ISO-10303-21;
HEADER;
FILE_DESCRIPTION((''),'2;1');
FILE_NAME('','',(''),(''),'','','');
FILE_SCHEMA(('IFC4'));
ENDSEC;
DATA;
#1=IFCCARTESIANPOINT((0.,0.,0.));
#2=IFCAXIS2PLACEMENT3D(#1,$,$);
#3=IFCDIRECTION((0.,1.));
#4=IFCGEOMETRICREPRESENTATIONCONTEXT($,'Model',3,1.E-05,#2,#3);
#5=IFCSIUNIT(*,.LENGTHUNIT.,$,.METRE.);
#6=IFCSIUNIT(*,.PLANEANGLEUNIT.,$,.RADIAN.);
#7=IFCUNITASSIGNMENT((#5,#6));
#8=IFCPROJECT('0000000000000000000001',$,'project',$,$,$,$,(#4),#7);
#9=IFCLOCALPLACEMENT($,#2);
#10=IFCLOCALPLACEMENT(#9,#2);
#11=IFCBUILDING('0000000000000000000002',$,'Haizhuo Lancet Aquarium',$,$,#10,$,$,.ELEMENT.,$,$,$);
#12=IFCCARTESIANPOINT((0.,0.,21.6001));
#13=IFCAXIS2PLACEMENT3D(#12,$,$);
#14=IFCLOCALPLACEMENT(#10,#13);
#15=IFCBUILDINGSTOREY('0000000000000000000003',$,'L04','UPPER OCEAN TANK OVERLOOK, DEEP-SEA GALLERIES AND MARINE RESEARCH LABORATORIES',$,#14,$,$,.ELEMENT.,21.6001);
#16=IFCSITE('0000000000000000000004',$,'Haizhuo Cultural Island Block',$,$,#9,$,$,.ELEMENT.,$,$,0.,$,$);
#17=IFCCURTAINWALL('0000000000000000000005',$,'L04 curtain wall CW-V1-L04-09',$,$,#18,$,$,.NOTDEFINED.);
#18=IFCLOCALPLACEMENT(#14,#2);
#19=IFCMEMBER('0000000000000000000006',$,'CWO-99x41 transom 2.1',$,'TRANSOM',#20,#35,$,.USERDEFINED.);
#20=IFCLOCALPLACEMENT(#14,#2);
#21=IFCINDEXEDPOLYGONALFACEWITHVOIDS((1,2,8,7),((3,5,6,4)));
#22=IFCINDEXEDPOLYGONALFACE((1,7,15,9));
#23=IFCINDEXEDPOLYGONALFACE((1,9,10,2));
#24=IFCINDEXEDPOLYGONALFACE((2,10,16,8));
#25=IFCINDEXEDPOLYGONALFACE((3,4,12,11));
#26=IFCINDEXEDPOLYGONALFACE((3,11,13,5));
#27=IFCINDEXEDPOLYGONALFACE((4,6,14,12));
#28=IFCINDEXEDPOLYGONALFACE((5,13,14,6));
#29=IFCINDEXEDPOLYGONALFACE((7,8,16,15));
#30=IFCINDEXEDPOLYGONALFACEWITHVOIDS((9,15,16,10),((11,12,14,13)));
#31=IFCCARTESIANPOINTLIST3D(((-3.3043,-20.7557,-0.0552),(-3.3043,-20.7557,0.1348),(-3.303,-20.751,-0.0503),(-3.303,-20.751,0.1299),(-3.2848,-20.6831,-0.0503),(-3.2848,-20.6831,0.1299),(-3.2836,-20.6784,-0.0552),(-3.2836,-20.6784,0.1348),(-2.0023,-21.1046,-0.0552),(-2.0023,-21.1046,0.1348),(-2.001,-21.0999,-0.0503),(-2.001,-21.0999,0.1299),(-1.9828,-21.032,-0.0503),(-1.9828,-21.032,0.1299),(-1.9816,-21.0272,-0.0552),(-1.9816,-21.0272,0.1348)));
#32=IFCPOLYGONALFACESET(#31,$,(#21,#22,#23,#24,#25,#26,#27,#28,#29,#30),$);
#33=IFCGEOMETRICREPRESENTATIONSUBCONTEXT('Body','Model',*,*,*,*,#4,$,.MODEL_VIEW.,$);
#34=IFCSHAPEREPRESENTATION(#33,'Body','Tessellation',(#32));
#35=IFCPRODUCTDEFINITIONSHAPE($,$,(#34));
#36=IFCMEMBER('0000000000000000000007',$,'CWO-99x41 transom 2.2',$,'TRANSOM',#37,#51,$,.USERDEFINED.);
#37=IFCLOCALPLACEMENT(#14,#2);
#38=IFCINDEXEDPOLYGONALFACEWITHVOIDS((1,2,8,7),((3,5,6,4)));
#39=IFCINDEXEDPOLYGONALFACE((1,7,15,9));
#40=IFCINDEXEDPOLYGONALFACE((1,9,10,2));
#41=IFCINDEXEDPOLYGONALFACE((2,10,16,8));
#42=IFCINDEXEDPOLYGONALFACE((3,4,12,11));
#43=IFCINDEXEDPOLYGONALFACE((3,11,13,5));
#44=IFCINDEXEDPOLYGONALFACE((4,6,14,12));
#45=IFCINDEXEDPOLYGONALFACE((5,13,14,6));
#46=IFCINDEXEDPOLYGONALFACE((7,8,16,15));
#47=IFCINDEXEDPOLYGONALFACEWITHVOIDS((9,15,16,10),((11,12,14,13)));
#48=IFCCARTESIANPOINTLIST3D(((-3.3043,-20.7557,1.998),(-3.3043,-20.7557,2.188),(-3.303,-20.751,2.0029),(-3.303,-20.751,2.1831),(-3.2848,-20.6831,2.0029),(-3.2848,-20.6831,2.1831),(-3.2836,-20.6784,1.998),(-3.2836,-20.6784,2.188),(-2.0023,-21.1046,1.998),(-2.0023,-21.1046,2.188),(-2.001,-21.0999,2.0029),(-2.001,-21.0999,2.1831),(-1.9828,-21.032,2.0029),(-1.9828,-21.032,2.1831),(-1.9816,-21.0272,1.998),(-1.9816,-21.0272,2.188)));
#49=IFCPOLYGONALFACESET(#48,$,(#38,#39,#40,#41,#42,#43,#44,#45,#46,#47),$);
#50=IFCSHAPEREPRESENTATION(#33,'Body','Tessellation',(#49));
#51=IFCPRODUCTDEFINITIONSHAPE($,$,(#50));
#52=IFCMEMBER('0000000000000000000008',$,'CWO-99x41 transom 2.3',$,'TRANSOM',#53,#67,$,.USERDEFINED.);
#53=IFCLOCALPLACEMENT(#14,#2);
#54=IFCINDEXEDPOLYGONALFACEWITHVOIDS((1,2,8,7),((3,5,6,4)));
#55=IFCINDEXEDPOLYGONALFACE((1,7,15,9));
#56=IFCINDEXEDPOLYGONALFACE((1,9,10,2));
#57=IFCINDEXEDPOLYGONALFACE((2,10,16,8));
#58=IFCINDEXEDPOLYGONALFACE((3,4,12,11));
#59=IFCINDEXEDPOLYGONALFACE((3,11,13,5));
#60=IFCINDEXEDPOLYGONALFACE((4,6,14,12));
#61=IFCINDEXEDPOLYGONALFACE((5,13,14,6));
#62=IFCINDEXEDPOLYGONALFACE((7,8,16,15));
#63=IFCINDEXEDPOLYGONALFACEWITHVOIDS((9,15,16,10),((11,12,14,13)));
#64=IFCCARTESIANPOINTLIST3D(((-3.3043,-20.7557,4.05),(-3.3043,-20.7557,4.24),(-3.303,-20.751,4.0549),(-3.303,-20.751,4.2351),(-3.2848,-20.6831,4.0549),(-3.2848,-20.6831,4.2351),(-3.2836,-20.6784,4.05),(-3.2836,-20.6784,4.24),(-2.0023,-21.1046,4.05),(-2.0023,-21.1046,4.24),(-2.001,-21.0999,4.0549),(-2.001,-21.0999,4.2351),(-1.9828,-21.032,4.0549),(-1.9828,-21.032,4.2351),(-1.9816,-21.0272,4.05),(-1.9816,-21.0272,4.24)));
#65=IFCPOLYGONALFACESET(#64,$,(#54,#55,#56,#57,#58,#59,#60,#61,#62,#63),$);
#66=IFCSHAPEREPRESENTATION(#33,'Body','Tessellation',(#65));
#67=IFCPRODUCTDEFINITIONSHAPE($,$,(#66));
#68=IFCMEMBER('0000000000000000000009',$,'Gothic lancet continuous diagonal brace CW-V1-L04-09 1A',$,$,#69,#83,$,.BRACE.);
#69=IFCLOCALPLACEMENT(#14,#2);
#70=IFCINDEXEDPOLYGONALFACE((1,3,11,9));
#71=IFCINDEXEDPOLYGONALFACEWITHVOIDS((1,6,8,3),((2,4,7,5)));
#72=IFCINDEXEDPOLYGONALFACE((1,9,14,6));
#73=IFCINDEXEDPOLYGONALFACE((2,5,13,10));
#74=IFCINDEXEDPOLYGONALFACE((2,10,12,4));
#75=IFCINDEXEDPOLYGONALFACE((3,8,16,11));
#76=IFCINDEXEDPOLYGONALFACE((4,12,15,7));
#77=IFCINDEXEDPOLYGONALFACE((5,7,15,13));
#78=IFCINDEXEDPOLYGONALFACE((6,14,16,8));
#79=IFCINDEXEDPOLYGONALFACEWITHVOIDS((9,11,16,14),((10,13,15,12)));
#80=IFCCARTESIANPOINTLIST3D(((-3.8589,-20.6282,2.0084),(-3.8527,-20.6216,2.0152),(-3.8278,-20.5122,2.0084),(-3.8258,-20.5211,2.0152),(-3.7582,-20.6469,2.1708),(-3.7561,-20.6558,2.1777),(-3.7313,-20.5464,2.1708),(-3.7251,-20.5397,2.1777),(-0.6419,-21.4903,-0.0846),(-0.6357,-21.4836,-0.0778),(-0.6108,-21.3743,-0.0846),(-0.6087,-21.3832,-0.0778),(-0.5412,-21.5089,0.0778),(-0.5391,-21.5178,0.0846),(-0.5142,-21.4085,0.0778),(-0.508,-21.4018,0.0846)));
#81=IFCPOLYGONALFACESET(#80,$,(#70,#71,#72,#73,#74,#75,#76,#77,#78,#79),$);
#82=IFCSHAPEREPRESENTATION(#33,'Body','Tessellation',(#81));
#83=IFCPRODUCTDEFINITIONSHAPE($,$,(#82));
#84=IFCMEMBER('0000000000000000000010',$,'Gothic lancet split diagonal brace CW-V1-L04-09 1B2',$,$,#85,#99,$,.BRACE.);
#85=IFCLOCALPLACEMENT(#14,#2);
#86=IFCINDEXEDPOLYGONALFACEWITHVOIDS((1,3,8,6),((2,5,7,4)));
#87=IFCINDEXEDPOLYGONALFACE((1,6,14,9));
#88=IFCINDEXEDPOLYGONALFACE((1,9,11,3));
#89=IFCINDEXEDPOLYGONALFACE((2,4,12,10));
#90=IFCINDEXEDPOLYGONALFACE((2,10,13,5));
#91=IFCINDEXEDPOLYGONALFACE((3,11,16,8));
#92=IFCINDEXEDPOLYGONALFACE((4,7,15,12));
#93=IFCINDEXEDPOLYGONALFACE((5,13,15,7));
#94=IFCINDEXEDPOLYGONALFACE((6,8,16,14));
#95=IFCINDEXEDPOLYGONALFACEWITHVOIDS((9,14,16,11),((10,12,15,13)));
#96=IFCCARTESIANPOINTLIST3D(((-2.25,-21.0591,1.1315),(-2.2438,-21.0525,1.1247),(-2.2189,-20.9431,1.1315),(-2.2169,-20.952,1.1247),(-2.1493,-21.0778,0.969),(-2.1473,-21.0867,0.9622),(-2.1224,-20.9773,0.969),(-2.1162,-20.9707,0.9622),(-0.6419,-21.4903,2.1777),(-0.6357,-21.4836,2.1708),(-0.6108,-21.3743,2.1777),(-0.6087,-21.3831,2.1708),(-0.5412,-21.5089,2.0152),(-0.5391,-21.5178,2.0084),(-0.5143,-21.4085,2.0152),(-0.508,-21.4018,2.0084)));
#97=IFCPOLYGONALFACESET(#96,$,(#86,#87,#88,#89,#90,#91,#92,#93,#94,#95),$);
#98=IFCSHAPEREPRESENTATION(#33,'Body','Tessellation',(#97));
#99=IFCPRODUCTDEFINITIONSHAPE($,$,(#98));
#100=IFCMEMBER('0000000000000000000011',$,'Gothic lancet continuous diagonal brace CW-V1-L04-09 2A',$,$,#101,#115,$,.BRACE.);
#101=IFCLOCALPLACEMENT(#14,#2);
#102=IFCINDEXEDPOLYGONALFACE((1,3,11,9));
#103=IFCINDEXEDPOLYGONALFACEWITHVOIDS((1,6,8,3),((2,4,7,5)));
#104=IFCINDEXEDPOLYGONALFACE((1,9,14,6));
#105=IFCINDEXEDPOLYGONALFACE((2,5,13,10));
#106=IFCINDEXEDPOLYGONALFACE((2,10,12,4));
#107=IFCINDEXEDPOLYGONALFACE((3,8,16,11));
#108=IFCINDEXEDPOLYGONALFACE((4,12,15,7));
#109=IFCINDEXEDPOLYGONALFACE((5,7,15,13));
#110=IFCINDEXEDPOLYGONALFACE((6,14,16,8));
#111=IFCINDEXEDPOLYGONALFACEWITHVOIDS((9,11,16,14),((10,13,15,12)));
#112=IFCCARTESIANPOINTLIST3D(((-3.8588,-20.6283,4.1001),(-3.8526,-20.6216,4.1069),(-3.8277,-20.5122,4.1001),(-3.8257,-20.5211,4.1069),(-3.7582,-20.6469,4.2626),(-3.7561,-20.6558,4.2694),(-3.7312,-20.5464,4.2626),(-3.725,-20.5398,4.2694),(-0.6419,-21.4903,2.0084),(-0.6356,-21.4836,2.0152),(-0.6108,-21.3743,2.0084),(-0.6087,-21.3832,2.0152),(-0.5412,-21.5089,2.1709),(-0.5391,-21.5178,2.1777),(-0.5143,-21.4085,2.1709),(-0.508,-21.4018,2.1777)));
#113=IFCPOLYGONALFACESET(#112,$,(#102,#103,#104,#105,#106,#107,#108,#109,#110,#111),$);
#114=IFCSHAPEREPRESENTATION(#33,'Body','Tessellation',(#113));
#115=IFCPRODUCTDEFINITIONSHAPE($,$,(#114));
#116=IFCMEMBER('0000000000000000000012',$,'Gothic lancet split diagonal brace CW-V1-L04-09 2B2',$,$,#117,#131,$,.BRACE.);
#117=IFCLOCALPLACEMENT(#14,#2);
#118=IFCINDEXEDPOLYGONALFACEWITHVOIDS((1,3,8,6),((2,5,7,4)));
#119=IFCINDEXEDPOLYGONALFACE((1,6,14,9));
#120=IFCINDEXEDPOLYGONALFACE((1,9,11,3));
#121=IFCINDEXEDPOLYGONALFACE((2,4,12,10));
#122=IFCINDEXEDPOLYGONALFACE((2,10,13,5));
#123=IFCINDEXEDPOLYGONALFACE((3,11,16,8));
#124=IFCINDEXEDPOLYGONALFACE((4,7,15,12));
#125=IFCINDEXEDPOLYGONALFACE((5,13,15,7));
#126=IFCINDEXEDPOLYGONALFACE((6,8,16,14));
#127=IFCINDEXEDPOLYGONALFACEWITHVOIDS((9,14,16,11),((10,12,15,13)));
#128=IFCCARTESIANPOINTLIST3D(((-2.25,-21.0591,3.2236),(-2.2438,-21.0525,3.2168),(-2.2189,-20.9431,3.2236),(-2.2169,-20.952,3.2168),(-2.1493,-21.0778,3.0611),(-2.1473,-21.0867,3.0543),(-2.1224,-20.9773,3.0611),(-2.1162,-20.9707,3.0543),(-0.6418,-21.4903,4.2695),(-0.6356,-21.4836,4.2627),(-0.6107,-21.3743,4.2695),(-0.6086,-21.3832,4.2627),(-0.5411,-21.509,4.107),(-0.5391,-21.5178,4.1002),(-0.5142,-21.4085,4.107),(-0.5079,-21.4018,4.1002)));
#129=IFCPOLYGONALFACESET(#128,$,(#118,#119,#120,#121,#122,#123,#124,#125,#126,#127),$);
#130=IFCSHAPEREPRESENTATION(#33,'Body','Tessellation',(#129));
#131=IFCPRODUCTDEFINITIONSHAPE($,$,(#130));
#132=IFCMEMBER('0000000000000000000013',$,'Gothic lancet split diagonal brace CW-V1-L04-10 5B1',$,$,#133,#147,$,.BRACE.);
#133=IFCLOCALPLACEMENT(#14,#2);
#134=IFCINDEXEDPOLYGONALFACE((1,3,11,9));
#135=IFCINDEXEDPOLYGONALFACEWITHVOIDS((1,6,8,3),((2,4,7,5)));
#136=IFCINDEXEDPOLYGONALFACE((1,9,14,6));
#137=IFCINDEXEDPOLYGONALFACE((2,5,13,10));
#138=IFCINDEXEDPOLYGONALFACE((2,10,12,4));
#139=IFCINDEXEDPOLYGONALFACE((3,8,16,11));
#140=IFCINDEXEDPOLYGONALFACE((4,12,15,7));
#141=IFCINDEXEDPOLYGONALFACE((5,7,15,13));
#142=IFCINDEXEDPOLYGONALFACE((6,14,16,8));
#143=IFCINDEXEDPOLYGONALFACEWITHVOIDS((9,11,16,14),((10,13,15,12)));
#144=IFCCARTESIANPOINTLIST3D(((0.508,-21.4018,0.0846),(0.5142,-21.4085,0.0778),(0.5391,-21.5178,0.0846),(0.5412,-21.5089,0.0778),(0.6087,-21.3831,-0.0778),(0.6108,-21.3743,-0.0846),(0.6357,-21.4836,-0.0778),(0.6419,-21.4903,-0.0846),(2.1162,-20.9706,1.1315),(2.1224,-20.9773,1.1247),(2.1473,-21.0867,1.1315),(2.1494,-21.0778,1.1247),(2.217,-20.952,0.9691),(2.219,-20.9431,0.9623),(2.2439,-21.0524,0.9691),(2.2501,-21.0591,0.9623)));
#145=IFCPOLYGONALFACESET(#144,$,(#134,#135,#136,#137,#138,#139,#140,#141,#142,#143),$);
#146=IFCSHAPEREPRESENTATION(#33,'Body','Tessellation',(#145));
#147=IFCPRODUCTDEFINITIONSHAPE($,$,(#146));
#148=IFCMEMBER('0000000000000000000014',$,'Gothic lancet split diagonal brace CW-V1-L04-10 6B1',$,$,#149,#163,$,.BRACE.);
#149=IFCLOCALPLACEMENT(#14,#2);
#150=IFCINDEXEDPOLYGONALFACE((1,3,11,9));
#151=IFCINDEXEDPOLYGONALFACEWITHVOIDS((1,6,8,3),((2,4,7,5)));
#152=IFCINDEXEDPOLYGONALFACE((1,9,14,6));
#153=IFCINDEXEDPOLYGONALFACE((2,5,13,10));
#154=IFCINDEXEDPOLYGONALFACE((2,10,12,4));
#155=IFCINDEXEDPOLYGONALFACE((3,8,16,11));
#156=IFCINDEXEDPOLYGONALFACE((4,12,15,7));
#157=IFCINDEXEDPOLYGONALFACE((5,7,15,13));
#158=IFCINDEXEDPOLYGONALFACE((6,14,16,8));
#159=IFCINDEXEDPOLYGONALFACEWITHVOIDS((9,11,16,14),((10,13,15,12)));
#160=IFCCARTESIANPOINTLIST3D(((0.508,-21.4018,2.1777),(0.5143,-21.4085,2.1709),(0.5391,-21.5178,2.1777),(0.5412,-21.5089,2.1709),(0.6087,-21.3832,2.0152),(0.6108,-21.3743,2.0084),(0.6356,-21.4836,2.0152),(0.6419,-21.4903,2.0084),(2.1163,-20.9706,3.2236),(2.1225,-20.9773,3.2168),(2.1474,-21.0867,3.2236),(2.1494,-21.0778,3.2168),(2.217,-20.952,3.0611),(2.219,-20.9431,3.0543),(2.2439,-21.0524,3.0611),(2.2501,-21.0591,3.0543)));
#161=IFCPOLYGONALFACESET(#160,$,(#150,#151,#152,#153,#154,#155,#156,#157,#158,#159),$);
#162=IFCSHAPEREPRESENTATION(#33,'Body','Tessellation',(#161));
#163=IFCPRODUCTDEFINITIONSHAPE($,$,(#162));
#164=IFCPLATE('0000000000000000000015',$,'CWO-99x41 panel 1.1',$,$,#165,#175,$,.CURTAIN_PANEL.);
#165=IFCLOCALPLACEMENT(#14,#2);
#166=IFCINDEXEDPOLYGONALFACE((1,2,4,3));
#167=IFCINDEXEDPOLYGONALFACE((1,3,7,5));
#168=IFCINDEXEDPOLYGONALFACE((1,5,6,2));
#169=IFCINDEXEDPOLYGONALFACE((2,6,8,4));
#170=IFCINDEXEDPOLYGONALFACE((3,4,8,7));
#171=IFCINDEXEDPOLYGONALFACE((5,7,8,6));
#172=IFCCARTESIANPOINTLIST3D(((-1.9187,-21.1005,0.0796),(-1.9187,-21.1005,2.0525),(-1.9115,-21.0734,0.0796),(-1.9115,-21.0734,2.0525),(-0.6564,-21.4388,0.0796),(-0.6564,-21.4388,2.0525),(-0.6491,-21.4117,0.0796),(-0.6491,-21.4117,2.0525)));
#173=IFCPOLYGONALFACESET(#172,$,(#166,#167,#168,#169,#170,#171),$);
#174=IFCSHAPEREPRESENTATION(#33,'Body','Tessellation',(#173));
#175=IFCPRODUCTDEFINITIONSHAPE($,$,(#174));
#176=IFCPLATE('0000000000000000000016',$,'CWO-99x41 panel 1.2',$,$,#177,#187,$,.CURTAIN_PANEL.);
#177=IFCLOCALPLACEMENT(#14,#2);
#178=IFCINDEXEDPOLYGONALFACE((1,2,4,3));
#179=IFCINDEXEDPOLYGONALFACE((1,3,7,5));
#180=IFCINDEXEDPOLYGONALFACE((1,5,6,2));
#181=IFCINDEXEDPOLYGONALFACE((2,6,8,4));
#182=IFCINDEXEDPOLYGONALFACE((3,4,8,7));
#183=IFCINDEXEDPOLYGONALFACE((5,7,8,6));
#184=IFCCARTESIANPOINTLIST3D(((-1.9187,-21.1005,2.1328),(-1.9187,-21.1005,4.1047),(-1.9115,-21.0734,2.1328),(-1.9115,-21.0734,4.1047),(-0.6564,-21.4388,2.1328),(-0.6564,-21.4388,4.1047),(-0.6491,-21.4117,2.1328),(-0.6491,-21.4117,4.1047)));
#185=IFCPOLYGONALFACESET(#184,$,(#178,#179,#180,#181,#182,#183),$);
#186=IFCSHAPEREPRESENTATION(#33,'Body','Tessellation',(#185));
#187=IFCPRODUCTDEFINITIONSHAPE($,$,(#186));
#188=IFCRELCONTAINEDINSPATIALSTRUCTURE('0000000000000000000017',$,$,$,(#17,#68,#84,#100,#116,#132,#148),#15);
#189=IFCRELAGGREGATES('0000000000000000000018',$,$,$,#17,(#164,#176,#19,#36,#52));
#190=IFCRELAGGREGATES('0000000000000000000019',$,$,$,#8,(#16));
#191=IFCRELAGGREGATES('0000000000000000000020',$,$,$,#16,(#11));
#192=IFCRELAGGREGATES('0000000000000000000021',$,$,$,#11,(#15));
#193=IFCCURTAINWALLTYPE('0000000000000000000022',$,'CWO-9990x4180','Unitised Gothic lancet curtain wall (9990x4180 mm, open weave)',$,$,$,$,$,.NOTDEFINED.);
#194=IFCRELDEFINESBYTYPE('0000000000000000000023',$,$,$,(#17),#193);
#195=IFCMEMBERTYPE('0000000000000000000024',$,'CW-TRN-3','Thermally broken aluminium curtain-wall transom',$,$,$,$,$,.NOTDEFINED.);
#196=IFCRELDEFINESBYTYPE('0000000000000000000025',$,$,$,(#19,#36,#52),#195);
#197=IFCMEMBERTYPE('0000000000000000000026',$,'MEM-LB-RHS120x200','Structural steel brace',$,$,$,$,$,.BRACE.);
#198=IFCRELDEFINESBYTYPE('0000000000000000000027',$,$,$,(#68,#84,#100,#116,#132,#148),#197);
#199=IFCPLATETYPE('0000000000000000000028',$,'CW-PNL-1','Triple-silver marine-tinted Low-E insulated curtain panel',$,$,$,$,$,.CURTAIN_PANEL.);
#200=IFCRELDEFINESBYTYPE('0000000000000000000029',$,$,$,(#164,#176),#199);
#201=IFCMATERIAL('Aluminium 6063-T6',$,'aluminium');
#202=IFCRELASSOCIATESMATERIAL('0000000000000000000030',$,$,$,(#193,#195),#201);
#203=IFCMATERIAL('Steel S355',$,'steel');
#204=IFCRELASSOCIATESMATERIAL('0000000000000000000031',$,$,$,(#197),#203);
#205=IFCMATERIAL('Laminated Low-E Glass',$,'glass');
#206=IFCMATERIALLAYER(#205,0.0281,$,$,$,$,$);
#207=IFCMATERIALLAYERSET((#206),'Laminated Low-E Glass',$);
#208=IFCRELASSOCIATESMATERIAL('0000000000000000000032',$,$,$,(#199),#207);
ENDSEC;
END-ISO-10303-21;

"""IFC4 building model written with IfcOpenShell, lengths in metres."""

from ifc_helpers import new_model, si_unit, direction, frame, origin, origin_2d, place, context, subcontext, project, spatial, rectangle, hollow_rectangle, extrude, material, layer, layer_set, material_profile, profile_set, type_object, element, aggregate, save


model = new_model("IFC4")

# Units and contexts
model_context = context("Model", 3, precision=1e-05, world=origin(), true_north=direction((0.0, 1.0)))
body_context = subcontext(model_context, "Body", "Model", "MODEL_VIEW")
ifc_project = project(units=[si_unit("LENGTHUNIT", "METRE"), si_unit("PLANEANGLEUNIT", "RADIAN")], contexts=[model_context])

# Site, building, storey
site_placement = place(None, origin())
site = spatial("IfcSite", under=ifc_project, at=site_placement, Name="Haizhuo Cultural Island Block", CompositionType="ELEMENT", RefElevation=0.0)
building_placement = place(site_placement, origin())
building = spatial("IfcBuilding", under=site, at=building_placement, Name="Haizhuo Lancet Aquarium", CompositionType="ELEMENT")
storey_placement = place(building_placement, frame((0.0, 0.0, 21.6001)))
storey = spatial("IfcBuildingStorey", under=building, at=storey_placement, Name="L04", Description="UPPER OCEAN TANK OVERLOOK, DEEP-SEA GALLERIES AND MARINE RESEARCH LABORATORIES", CompositionType="ELEMENT", Elevation=21.6001)

# Shared definitions
ifc_material_1 = material(Name="Aluminium 6063-T6", Category="aluminium")
curtain_wall_type = type_object("IfcCurtainWallType", Name="CWO-9990x4180", Description="Unitised Gothic lancet curtain wall (9990x4180 mm, open weave)", PredefinedType="NOTDEFINED", material=ifc_material_1)

# Curtain wall, members
curtain_wall_1_placement = place(storey_placement, origin())
curtain_wall_1 = element("IfcCurtainWall", 1, at=curtain_wall_1_placement, inside=storey, type_object=curtain_wall_type, Name="L04 curtain wall CW-V1-L04-09", PredefinedType="NOTDEFINED")
ifc_material_profile_1 = material_profile(ifc_material_1, hollow_rectangle(XDim=0.0801, YDim=0.1899, WallThickness=0.0049, at=origin_2d()), Name="ALU-T 80x190x5")
ifc_profile_set_1 = profile_set([ifc_material_profile_1], Name="Aluminium 6063-T6")
member_type_1 = type_object("IfcMemberType", Name="CW-TRN-3", Description="Thermally broken aluminium curtain-wall transom", PredefinedType="NOTDEFINED", material=ifc_profile_set_1)
member_1_placement = place(storey_placement, frame((-1.9919, -21.0659, 0.0398), z_axis=(-0.965925, 0.258824, 0.0), x_axis=(-0.258824, -0.965925, 0.0)))
member_1 = element("IfcMember", 2, at=member_1_placement, type_object=member_type_1, Name="CWO-99x41 transom 2.1", ObjectType="TRANSOM", PredefinedType="USERDEFINED", context=body_context, shape_type="SweptSolid", body=[
    extrude(hollow_rectangle(XDim=0.0801, YDim=0.1899, WallThickness=0.0049, at=origin_2d()), origin(), (0.0, 0.0, 1.0), 1.3479),
])
member_2_placement = place(storey_placement, frame((-1.9919, -21.0659, 2.093), z_axis=(-0.965925, 0.258824, 0.0), x_axis=(-0.258824, -0.965925, 0.0)))
member_2 = element("IfcMember", 3, at=member_2_placement, type_object=member_type_1, Name="CWO-99x41 transom 2.2", ObjectType="TRANSOM", PredefinedType="USERDEFINED", context=body_context, shape_type="SweptSolid", body=[
    extrude(hollow_rectangle(XDim=0.0801, YDim=0.1899, WallThickness=0.0049, at=origin_2d()), origin(), (0.0, 0.0, 1.0), 1.3479),
])
member_3_placement = place(storey_placement, frame((-1.9919, -21.0659, 4.145), z_axis=(-0.965925, 0.258824, 0.0), x_axis=(-0.258824, -0.965925, 0.0)))
member_3 = element("IfcMember", 4, at=member_3_placement, type_object=member_type_1, Name="CWO-99x41 transom 2.3", ObjectType="TRANSOM", PredefinedType="USERDEFINED", context=body_context, shape_type="SweptSolid", body=[
    extrude(hollow_rectangle(XDim=0.0801, YDim=0.1899, WallThickness=0.0049, at=origin_2d()), origin(), (0.0, 0.0, 1.0), 1.3479),
])

# Members
ifc_material_2 = material(Name="Steel S355", Category="steel")
ifc_material_profile_2 = material_profile(ifc_material_2, hollow_rectangle(XDim=0.1201, YDim=0.2, WallThickness=0.0081, at=origin_2d()), Name="RHS 120x200x8")
ifc_profile_set_2 = profile_set([ifc_material_profile_2], Name="Steel S355")
member_type_2 = type_object("IfcMemberType", Name="MEM-LB-RHS120x200", Description="Structural steel brace", PredefinedType="BRACE", material=ifc_profile_set_2)
member_4_placement = place(storey_placement, frame((-0.575, -21.446, 0.0), z_axis=(-0.817836, 0.219153, 0.532087), x_axis=(-0.258835, -0.965922, 0.0)))
element("IfcMember", 5, at=member_4_placement, inside=storey, type_object=member_type_2, Name="Gothic lancet continuous diagonal brace CW-V1-L04-09 1A", PredefinedType="BRACE", context=body_context, shape_type="SweptSolid", body=[
    extrude(hollow_rectangle(XDim=0.1201, YDim=0.2, WallThickness=0.0081, at=origin_2d()), origin(), (0.0, 0.0, 1.0), 3.9336),
])
member_5_placement = place(storey_placement, frame((-2.1831, -21.0149, 1.0469), z_axis=(0.817844, -0.219267, 0.532027), x_axis=(0.258958, 0.965888, 0.0)))
element("IfcMember", 6, at=member_5_placement, inside=storey, type_object=member_type_2, Name="Gothic lancet split diagonal brace CW-V1-L04-09 1B2", PredefinedType="BRACE", context=body_context, shape_type="SweptSolid", body=[
    extrude(hollow_rectangle(XDim=0.1201, YDim=0.2, WallThickness=0.0081, at=origin_2d()), origin(), (0.0, 0.0, 1.0), 1.9663),
])
member_6_placement = place(storey_placement, frame((-0.575, -21.446, 2.093), z_axis=(-0.817971, 0.219189, 0.531864), x_axis=(-0.258835, -0.965922, 0.0)))
element("IfcMember", 7, at=member_6_placement, inside=storey, type_object=member_type_2, Name="Gothic lancet continuous diagonal brace CW-V1-L04-09 2A", PredefinedType="BRACE", context=body_context, shape_type="SweptSolid", body=[
    extrude(hollow_rectangle(XDim=0.1201, YDim=0.2, WallThickness=0.0081, at=origin_2d()), origin(), (0.0, 0.0, 1.0), 3.9329),
])
member_7_placement = place(storey_placement, frame((-2.1831, -21.0149, 3.1389), z_axis=(0.817898, -0.219282, 0.531938), x_axis=(0.258958, 0.965888, 0.0)))
element("IfcMember", 8, at=member_7_placement, inside=storey, type_object=member_type_2, Name="Gothic lancet split diagonal brace CW-V1-L04-09 2B2", PredefinedType="BRACE", context=body_context, shape_type="SweptSolid", body=[
    extrude(hollow_rectangle(XDim=0.1201, YDim=0.2, WallThickness=0.0081, at=origin_2d()), origin(), (0.0, 0.0, 1.0), 1.9663),
])
member_8_placement = place(storey_placement, frame((0.575, -21.446, 0.0), z_axis=(0.817682, 0.219224, 0.532294), x_axis=(-0.258958, 0.965888, 0.0)))
element("IfcMember", 9, at=member_8_placement, inside=storey, type_object=member_type_2, Name="Gothic lancet split diagonal brace CW-V1-L04-10 5B1", PredefinedType="BRACE", context=body_context, shape_type="SweptSolid", body=[
    extrude(hollow_rectangle(XDim=0.1201, YDim=0.2, WallThickness=0.0081, at=origin_2d()), origin(), (0.0, 0.0, 1.0), 1.9668),
])
member_9_placement = place(storey_placement, frame((0.575, -21.446, 2.093), z_axis=(0.817898, 0.219282, 0.531938), x_axis=(-0.258958, 0.965888, 0.0)))
element("IfcMember", 10, at=member_9_placement, inside=storey, type_object=member_type_2, Name="Gothic lancet split diagonal brace CW-V1-L04-10 6B1", PredefinedType="BRACE", context=body_context, shape_type="SweptSolid", body=[
    extrude(hollow_rectangle(XDim=0.1201, YDim=0.2, WallThickness=0.0081, at=origin_2d()), origin(), (0.0, 0.0, 1.0), 1.9663),
])

# Plates
ifc_material_3 = material(Name="Laminated Low-E Glass", Category="glass")
ifc_layer_1 = layer(ifc_material_3, 0.0281)
ifc_layer_set_1 = layer_set([ifc_layer_1], Name="Laminated Low-E Glass")
plate_type = type_object("IfcPlateType", Name="CW-PNL-1", Description="Triple-silver marine-tinted Low-E insulated curtain panel", PredefinedType="CURTAIN_PANEL", material=ifc_layer_set_1)
plate_1_placement = place(storey_placement, frame((-1.2839, -21.2561, 0.0796), z_axis=(0.0, 0.0, 1.0), x_axis=(-0.965917, 0.258853, 0.0)))
plate_1 = element("IfcPlate", 11, at=plate_1_placement, type_object=plate_type, Name="CWO-99x41 panel 1.1", PredefinedType="CURTAIN_PANEL", context=body_context, shape_type="SweptSolid", body=[
    extrude(rectangle(XDim=1.3069, YDim=0.0281, at=origin_2d()), origin(), (0.0, 0.0, 1.0), 1.9729),
])
plate_2_placement = place(storey_placement, frame((-1.2839, -21.2561, 2.1328), z_axis=(0.0, 0.0, 1.0), x_axis=(-0.965917, 0.258853, 0.0)))
plate_2 = element("IfcPlate", 12, at=plate_2_placement, type_object=plate_type, Name="CWO-99x41 panel 1.2", PredefinedType="CURTAIN_PANEL", context=body_context, shape_type="SweptSolid", body=[
    extrude(rectangle(XDim=1.3069, YDim=0.0281, at=origin_2d()), origin(), (0.0, 0.0, 1.0), 1.9719),
])
aggregate(curtain_wall_1, [plate_1, plate_2, member_1, member_2, member_3])

save(model, "model.ifc")
